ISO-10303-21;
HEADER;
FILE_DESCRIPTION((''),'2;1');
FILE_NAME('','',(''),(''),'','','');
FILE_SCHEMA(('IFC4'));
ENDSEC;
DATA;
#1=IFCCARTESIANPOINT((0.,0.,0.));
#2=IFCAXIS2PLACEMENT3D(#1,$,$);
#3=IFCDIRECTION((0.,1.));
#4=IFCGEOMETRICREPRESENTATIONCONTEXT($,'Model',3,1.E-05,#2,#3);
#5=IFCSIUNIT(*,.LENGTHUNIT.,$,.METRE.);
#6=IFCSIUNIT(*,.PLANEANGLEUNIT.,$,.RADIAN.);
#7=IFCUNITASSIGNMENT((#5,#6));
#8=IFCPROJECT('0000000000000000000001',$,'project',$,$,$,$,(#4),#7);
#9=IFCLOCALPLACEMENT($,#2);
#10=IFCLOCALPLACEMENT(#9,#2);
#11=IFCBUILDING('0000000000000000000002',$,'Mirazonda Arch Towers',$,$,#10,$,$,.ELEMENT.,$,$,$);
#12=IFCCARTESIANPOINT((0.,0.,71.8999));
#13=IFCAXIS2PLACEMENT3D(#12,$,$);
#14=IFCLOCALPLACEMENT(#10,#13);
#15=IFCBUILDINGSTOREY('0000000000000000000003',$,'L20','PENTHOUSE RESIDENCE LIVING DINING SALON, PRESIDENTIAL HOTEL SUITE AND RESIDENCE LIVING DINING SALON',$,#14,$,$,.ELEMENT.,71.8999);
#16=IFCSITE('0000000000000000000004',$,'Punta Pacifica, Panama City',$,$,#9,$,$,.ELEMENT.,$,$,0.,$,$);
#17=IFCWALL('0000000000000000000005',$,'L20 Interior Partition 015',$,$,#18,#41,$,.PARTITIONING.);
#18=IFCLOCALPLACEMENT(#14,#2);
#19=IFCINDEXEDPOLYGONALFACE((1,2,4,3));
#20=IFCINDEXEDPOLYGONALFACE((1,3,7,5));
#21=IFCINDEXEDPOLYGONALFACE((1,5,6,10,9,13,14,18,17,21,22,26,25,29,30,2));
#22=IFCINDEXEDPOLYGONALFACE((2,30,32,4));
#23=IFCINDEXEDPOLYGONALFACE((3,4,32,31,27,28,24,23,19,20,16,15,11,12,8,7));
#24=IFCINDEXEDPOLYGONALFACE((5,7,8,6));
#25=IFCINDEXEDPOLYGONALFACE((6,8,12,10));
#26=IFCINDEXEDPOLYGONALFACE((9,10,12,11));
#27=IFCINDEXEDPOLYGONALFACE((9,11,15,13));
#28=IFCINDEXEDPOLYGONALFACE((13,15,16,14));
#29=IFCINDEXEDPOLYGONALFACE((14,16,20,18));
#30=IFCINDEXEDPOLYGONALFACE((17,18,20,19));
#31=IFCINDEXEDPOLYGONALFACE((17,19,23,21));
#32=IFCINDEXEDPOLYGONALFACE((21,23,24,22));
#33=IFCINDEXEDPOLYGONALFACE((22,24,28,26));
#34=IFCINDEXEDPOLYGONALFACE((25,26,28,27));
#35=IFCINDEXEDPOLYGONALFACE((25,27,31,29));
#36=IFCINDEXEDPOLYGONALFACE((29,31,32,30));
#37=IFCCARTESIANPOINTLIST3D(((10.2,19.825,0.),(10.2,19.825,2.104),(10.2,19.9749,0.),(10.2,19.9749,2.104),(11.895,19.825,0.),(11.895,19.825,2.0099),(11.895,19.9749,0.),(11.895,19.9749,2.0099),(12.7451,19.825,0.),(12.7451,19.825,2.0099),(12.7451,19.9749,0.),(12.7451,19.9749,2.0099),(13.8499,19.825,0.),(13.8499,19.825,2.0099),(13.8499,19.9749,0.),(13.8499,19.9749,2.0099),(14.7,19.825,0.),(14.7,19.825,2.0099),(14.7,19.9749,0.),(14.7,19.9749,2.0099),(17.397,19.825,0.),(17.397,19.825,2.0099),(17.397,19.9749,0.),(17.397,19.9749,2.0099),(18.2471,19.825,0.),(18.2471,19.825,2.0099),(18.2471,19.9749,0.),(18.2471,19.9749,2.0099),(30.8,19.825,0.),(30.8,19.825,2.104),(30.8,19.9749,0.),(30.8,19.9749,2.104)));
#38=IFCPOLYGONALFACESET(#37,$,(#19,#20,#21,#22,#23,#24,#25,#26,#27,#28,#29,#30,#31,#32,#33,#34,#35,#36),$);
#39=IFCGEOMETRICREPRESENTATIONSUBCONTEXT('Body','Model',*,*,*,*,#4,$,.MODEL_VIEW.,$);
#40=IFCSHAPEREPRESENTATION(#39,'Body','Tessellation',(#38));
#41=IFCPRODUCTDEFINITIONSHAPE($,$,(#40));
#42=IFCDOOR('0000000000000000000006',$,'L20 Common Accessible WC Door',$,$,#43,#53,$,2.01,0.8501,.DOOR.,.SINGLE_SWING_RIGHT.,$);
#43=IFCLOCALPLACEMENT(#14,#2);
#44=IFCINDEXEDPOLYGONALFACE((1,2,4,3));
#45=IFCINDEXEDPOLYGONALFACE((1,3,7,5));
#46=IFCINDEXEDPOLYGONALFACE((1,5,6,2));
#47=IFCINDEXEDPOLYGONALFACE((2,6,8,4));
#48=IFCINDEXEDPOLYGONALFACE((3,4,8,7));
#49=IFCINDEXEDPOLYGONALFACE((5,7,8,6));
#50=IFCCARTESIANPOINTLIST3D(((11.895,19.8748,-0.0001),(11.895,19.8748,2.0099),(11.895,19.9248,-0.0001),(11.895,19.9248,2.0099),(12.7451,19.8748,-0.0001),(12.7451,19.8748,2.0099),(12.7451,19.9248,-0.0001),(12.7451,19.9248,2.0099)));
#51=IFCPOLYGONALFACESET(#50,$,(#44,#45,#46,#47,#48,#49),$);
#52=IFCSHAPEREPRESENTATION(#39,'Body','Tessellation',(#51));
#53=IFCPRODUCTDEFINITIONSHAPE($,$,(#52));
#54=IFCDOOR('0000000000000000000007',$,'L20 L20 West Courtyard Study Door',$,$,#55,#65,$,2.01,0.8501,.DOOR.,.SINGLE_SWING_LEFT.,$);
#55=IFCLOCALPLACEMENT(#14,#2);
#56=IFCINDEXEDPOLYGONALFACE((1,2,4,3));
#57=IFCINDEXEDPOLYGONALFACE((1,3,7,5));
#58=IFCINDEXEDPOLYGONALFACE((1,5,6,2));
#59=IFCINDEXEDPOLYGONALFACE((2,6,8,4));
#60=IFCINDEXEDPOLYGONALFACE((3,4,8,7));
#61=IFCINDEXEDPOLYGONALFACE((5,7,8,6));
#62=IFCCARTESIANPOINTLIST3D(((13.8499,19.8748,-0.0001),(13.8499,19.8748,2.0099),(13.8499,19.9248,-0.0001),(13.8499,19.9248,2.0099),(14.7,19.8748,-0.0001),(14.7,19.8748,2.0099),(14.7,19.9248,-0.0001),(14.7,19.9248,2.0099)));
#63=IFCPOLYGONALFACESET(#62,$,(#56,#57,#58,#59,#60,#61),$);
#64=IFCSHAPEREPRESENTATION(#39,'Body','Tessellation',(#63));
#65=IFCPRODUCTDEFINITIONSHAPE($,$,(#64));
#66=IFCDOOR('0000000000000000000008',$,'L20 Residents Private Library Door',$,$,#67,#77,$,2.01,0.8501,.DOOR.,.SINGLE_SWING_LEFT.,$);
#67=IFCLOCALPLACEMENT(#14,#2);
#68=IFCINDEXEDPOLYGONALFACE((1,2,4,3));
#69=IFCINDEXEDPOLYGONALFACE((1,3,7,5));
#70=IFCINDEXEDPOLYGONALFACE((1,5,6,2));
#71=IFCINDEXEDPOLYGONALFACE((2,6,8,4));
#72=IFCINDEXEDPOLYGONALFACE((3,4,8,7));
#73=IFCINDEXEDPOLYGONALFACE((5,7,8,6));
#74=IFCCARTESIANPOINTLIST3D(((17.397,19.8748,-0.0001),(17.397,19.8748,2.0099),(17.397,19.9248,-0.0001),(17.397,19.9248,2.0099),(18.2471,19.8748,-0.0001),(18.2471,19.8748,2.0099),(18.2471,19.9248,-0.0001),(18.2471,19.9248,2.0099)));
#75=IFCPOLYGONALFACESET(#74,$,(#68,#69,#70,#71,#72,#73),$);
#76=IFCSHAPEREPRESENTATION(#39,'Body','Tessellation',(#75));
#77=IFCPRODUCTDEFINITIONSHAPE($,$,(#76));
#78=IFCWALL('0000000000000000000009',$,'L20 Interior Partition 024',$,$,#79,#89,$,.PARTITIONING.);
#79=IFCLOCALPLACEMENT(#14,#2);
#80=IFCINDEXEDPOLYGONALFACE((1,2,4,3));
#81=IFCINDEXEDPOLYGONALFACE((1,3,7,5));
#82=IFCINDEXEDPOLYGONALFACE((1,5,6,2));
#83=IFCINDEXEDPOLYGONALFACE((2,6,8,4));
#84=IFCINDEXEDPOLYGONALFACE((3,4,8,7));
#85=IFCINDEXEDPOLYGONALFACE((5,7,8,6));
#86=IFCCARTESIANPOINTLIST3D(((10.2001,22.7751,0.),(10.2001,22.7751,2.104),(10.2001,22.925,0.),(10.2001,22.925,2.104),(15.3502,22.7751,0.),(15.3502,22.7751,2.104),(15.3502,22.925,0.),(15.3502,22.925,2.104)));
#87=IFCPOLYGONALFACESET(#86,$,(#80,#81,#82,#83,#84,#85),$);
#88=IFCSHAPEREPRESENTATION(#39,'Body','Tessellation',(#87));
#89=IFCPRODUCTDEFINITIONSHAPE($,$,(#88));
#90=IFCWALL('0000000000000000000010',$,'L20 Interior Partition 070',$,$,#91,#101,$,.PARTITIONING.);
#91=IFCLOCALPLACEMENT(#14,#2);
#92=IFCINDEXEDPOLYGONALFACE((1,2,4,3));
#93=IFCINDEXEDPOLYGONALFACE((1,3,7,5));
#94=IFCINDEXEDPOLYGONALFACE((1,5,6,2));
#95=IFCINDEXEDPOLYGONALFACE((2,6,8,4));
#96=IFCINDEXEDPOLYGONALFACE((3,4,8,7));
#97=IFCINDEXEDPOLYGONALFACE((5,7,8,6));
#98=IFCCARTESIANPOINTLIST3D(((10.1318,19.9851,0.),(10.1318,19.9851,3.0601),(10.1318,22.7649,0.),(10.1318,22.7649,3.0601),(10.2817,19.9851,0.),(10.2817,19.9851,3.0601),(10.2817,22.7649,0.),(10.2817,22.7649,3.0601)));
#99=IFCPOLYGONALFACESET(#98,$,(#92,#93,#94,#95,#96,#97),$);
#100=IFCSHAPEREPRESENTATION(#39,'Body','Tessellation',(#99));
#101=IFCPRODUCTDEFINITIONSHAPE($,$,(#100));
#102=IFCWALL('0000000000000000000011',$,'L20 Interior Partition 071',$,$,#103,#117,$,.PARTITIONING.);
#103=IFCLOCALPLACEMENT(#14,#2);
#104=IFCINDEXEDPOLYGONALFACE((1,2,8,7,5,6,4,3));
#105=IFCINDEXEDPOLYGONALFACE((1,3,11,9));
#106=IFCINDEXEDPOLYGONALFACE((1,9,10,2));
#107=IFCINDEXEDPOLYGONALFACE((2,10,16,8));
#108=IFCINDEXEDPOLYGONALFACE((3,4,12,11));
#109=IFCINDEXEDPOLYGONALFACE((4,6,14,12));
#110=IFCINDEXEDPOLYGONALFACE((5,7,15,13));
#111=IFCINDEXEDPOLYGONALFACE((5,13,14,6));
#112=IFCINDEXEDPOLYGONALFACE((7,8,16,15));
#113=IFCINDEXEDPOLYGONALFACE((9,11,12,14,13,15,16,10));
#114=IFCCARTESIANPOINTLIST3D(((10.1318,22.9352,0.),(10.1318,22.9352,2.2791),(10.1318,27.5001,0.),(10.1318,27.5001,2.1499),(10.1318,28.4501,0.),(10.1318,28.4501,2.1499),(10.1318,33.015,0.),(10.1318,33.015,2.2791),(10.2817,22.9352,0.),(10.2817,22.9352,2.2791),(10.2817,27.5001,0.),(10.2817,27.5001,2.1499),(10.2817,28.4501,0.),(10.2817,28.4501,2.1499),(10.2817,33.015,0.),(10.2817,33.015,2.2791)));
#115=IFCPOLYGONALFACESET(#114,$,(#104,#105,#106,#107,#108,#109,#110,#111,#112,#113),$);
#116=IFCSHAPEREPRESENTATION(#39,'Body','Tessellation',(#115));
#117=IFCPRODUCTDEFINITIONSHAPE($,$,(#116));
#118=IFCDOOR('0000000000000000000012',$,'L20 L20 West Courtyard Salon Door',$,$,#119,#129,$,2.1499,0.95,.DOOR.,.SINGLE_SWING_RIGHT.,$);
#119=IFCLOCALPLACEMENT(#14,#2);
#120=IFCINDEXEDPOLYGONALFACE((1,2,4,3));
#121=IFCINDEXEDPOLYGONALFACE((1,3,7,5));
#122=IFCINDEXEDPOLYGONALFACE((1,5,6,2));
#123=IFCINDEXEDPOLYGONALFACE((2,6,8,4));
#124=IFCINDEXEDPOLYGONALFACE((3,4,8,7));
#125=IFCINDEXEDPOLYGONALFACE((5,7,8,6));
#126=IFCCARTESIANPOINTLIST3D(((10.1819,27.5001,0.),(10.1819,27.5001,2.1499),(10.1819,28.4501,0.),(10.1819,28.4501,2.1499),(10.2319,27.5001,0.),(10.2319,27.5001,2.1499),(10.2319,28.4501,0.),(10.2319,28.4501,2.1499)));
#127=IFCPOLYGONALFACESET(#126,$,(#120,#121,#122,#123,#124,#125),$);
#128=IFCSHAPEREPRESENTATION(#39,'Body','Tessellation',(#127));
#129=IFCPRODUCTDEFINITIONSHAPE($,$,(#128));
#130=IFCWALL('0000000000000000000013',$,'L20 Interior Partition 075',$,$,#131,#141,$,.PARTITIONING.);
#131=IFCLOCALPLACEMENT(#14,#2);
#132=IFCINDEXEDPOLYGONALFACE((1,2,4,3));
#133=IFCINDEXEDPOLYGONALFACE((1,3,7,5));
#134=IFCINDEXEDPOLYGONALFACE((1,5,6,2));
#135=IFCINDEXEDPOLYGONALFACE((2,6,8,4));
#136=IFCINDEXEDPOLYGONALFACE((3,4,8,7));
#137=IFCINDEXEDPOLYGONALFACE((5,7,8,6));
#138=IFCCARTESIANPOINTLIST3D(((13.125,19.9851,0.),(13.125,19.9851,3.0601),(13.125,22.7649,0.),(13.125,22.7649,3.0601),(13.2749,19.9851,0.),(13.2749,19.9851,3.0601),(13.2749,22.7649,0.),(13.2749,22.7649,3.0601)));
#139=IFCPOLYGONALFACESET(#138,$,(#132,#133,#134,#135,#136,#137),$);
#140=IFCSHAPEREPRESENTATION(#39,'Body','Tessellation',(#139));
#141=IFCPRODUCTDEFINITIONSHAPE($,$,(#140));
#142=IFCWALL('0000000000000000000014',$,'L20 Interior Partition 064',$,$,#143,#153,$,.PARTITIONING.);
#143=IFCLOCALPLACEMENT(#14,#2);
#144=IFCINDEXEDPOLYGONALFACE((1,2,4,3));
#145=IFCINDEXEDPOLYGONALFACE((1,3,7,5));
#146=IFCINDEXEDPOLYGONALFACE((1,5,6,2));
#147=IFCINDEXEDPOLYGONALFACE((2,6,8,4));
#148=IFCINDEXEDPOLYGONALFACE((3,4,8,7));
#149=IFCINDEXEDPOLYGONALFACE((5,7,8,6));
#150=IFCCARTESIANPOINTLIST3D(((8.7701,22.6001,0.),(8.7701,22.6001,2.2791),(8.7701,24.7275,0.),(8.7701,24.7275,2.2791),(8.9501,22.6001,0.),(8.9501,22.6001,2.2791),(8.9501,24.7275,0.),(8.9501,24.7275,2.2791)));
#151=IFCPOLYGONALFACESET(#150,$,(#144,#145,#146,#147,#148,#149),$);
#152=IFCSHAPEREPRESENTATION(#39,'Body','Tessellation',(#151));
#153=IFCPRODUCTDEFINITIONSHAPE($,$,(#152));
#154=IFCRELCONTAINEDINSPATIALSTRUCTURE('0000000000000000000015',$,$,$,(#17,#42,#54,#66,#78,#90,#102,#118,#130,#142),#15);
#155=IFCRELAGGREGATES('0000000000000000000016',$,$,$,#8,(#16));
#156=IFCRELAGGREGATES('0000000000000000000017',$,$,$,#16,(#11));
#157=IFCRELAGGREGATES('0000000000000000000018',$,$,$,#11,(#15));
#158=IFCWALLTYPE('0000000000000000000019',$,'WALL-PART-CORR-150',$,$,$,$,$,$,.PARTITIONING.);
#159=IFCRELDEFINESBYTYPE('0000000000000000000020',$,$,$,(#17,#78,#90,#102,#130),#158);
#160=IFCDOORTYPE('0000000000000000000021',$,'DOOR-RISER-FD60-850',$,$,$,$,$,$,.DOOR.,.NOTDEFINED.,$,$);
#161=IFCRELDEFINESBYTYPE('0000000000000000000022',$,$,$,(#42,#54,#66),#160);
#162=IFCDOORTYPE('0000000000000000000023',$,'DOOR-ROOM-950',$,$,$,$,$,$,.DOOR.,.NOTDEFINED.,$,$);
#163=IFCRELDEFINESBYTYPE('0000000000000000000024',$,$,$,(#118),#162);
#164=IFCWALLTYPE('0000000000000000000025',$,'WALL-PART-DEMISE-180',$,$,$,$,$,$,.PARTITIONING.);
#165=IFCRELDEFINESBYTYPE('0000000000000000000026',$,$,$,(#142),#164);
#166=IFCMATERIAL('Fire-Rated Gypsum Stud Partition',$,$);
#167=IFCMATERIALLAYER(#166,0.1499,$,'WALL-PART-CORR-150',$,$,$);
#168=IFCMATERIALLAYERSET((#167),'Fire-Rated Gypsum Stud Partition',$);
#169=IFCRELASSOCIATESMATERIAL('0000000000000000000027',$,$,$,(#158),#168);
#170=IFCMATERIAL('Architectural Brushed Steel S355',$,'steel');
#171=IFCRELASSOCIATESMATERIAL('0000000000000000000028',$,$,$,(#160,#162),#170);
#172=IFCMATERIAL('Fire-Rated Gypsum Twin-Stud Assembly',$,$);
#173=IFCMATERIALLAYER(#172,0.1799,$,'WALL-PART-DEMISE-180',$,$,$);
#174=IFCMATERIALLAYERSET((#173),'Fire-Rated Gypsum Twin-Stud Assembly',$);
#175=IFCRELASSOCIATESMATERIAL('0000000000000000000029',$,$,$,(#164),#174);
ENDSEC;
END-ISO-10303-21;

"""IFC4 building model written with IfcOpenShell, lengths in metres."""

from ifc_helpers import new_model, si_unit, direction, frame, frame_2d, origin, place, context, subcontext, project, spatial, rectangle, extrude, material, layer, layer_set, type_object, element, fill, save


model = new_model("IFC4")

# Units and contexts
model_context = context("Model", 3, precision=1e-05, world=origin(), true_north=direction((0.0, 1.0)))
body_context = subcontext(model_context, "Body", "Model", "MODEL_VIEW")
ifc_project = project(units=[si_unit("LENGTHUNIT", "METRE"), si_unit("PLANEANGLEUNIT", "RADIAN")], contexts=[model_context])

# Site, building, storey
site_placement = place(None, origin())
site = spatial("IfcSite", under=ifc_project, at=site_placement, Name="Punta Pacifica, Panama City", CompositionType="ELEMENT", RefElevation=0.0)
building_placement = place(site_placement, origin())
building = spatial("IfcBuilding", under=site, at=building_placement, Name="Mirazonda Arch Towers", CompositionType="ELEMENT")
storey_placement = place(building_placement, frame((0.0, 0.0, 71.8999)))
storey = spatial("IfcBuildingStorey", under=building, at=storey_placement, Name="L20", Description="PENTHOUSE RESIDENCE LIVING DINING SALON, PRESIDENTIAL HOTEL SUITE AND RESIDENCE LIVING DINING SALON", CompositionType="ELEMENT", Elevation=71.8999)

# Shared definitions
ifc_material_1 = material(Name="Architectural Brushed Steel S355", Category="steel")

# Shared definitions
ifc_material_2 = material(Name="Fire-Rated Gypsum Stud Partition")
ifc_layer_1 = layer(ifc_material_2, 0.1499, Name="WALL-PART-CORR-150")
ifc_layer_set_1 = layer_set([ifc_layer_1], Name="Fire-Rated Gypsum Stud Partition")
wall_type_1 = type_object("IfcWallType", Name="WALL-PART-CORR-150", PredefinedType="PARTITIONING", material=ifc_layer_set_1)

# Wall, openings, doors
wall_1_placement = place(storey_placement, frame((10.2, 19.8999, 0.0), z_axis=(0.0, 0.0, 1.0), x_axis=(1.0, 0.0, 0.0)))
wall_1 = element("IfcWall", 1, at=wall_1_placement, inside=storey, type_object=wall_type_1, Name="L20 Interior Partition 015", PredefinedType="PARTITIONING", context=body_context, shape_type="SweptSolid", body=[
    extrude(rectangle(XDim=20.6001, YDim=0.1499, at=frame_2d((10.3, 0.0))), origin(), (0.0, 0.0, 1.0), 2.104),
])
opening_1_placement = place(wall_1_placement, frame((1.6951, 0.0, 0.0)))
opening_1 = element("IfcOpeningElement", 2, at=opening_1_placement, cuts=wall_1, PredefinedType="OPENING", context=body_context, shape_type="SweptSolid", body=[
    extrude(rectangle(XDim=0.8501, YDim=2.01, at=frame_2d((0.425, 1.0049))), frame((0.0, 0.085, 0.0), z_axis=(0.0, -1.0, 0.0), x_axis=(1.0, 0.0, 0.0)), (0.0, 0.0, 1.0), 0.1699),
])
opening_2_placement = place(wall_1_placement, frame((3.6499, 0.0, 0.0)))
opening_2 = element("IfcOpeningElement", 3, at=opening_2_placement, cuts=wall_1, PredefinedType="OPENING", context=body_context, shape_type="SweptSolid", body=[
    extrude(rectangle(XDim=0.8501, YDim=2.01, at=frame_2d((0.425, 1.0049))), frame((0.0, 0.085, 0.0), z_axis=(0.0, -1.0, 0.0), x_axis=(1.0, 0.0, 0.0)), (0.0, 0.0, 1.0), 0.1699),
])
opening_3_placement = place(wall_1_placement, frame((7.197, 0.0, 0.0)))
opening_3 = element("IfcOpeningElement", 4, at=opening_3_placement, cuts=wall_1, PredefinedType="OPENING", context=body_context, shape_type="SweptSolid", body=[
    extrude(rectangle(XDim=0.8501, YDim=2.01, at=frame_2d((0.425, 1.0049))), frame((0.0, 0.085, 0.0), z_axis=(0.0, -1.0, 0.0), x_axis=(1.0, 0.0, 0.0)), (0.0, 0.0, 1.0), 0.1699),
])
door_type_1 = type_object("IfcDoorType", Name="DOOR-RISER-FD60-850", OperationType="NOTDEFINED", PredefinedType="DOOR", material=ifc_material_1)
door_1_placement = place(opening_1_placement, origin())
door_1 = element("IfcDoor", 5, at=door_1_placement, inside=storey, type_object=door_type_1, Name="L20 Common Accessible WC Door", OperationType="SINGLE_SWING_RIGHT", OverallHeight=2.01, OverallWidth=0.8501, PredefinedType="DOOR", context=body_context, shape_type="SweptSolid", body=[
    extrude(rectangle(XDim=0.8501, YDim=2.01, at=frame_2d((0.425, 1.0049))), frame((0.0, 0.0249, 0.0), z_axis=(0.0, -1.0, 0.0), x_axis=(1.0, 0.0, 0.0)), (0.0, 0.0, 1.0), 0.05),
])
fill(opening_1, door_1)
door_2_placement = place(opening_2_placement, origin())
door_2 = element("IfcDoor", 6, at=door_2_placement, inside=storey, type_object=door_type_1, Name="L20 L20 West Courtyard Study Door", OperationType="SINGLE_SWING_LEFT", OverallHeight=2.01, OverallWidth=0.8501, PredefinedType="DOOR", context=body_context, shape_type="SweptSolid", body=[
    extrude(rectangle(XDim=0.8501, YDim=2.01, at=frame_2d((0.425, 1.0049))), frame((0.0, 0.0249, 0.0), z_axis=(0.0, -1.0, 0.0), x_axis=(1.0, 0.0, 0.0)), (0.0, 0.0, 1.0), 0.05),
])
fill(opening_2, door_2)
door_3_placement = place(opening_3_placement, origin())
door_3 = element("IfcDoor", 7, at=door_3_placement, inside=storey, type_object=door_type_1, Name="L20 Residents Private Library Door", OperationType="SINGLE_SWING_LEFT", OverallHeight=2.01, OverallWidth=0.8501, PredefinedType="DOOR", context=body_context, shape_type="SweptSolid", body=[
    extrude(rectangle(XDim=0.8501, YDim=2.01, at=frame_2d((0.425, 1.0049))), frame((0.0, 0.0249, 0.0), z_axis=(0.0, -1.0, 0.0), x_axis=(1.0, 0.0, 0.0)), (0.0, 0.0, 1.0), 0.05),
])
fill(opening_3, door_3)

# Walls
wall_2_placement = place(storey_placement, frame((10.2, 22.8501, 0.0), z_axis=(0.0, 0.0, 1.0), x_axis=(1.0, 0.0, 0.0)))
element("IfcWall", 8, at=wall_2_placement, inside=storey, type_object=wall_type_1, Name="L20 Interior Partition 024", PredefinedType="PARTITIONING", context=body_context, shape_type="SweptSolid", body=[
    extrude(rectangle(XDim=5.1501, YDim=0.1499, at=frame_2d((2.5752, 0.0))), origin(), (0.0, 0.0, 1.0), 2.104),
])
wall_3_placement = place(storey_placement, frame((10.2068, 19.9851, 0.0), z_axis=(0.0, 0.0, 1.0), x_axis=(0.0, 1.0, 0.0)))
element("IfcWall", 9, at=wall_3_placement, inside=storey, type_object=wall_type_1, Name="L20 Interior Partition 070", PredefinedType="PARTITIONING", context=body_context, shape_type="SweptSolid", body=[
    extrude(rectangle(XDim=2.7798, YDim=0.1499, at=frame_2d((1.3899, 0.0))), origin(), (0.0, 0.0, 1.0), 3.0601),
])

# Wall, opening, door
wall_4_placement = place(storey_placement, frame((10.2068, 22.9351, 0.0), z_axis=(0.0, 0.0, 1.0), x_axis=(0.0, 1.0, 0.0)))
wall_4 = element("IfcWall", 10, at=wall_4_placement, inside=storey, type_object=wall_type_1, Name="L20 Interior Partition 071", PredefinedType="PARTITIONING", context=body_context, shape_type="SweptSolid", body=[
    extrude(rectangle(XDim=10.0798, YDim=0.1499, at=frame_2d((5.04, 0.0))), origin(), (0.0, 0.0, 1.0), 2.2791),
])
opening_4_placement = place(wall_4_placement, frame((4.5649, 0.0, 0.0)))
opening_4 = element("IfcOpeningElement", 11, at=opening_4_placement, cuts=wall_4, PredefinedType="OPENING", context=body_context, shape_type="SweptSolid", body=[
    extrude(rectangle(XDim=0.95, YDim=2.1499, at=frame_2d((0.4751, 1.075))), frame((0.0, 0.085, 0.0), z_axis=(0.0, -1.0, 0.0), x_axis=(1.0, 0.0, 0.0)), (0.0, 0.0, 1.0), 0.1699),
])
door_type_2 = type_object("IfcDoorType", Name="DOOR-ROOM-950", OperationType="NOTDEFINED", PredefinedType="DOOR", material=ifc_material_1)
door_4_placement = place(opening_4_placement, origin())
door_4 = element("IfcDoor", 12, at=door_4_placement, inside=storey, type_object=door_type_2, Name="L20 L20 West Courtyard Salon Door", OperationType="SINGLE_SWING_RIGHT", OverallHeight=2.1499, OverallWidth=0.95, PredefinedType="DOOR", context=body_context, shape_type="SweptSolid", body=[
    extrude(rectangle(XDim=0.95, YDim=2.1499, at=frame_2d((0.4751, 1.075))), frame((0.0, 0.0249, 0.0), z_axis=(0.0, -1.0, 0.0), x_axis=(1.0, 0.0, 0.0)), (0.0, 0.0, 1.0), 0.05),
])
fill(opening_4, door_4)

# Walls
wall_5_placement = place(storey_placement, frame((13.2, 19.9851, 0.0), z_axis=(0.0, 0.0, 1.0), x_axis=(0.0, 1.0, 0.0)))
element("IfcWall", 13, at=wall_5_placement, inside=storey, type_object=wall_type_1, Name="L20 Interior Partition 075", PredefinedType="PARTITIONING", context=body_context, shape_type="SweptSolid", body=[
    extrude(rectangle(XDim=2.7798, YDim=0.1499, at=frame_2d((1.3899, 0.0))), origin(), (0.0, 0.0, 1.0), 3.0601),
])
ifc_material_3 = material(Name="Fire-Rated Gypsum Twin-Stud Assembly")
ifc_layer_2 = layer(ifc_material_3, 0.1799, Name="WALL-PART-DEMISE-180")
ifc_layer_set_2 = layer_set([ifc_layer_2], Name="Fire-Rated Gypsum Twin-Stud Assembly")
wall_type_2 = type_object("IfcWallType", Name="WALL-PART-DEMISE-180", PredefinedType="PARTITIONING", material=ifc_layer_set_2)
wall_6_placement = place(storey_placement, frame((8.8601, 22.6001, 0.0), z_axis=(0.0, 0.0, 1.0), x_axis=(0.0, 1.0, 0.0)))
element("IfcWall", 14, at=wall_6_placement, inside=storey, type_object=wall_type_2, Name="L20 Interior Partition 064", PredefinedType="PARTITIONING", context=body_context, shape_type="SweptSolid", body=[
    extrude(rectangle(XDim=2.1274, YDim=0.1799, at=frame_2d((1.0637, 0.0))), origin(), (0.0, 0.0, 1.0), 2.2791),
])

save(model, "model.ifc")
